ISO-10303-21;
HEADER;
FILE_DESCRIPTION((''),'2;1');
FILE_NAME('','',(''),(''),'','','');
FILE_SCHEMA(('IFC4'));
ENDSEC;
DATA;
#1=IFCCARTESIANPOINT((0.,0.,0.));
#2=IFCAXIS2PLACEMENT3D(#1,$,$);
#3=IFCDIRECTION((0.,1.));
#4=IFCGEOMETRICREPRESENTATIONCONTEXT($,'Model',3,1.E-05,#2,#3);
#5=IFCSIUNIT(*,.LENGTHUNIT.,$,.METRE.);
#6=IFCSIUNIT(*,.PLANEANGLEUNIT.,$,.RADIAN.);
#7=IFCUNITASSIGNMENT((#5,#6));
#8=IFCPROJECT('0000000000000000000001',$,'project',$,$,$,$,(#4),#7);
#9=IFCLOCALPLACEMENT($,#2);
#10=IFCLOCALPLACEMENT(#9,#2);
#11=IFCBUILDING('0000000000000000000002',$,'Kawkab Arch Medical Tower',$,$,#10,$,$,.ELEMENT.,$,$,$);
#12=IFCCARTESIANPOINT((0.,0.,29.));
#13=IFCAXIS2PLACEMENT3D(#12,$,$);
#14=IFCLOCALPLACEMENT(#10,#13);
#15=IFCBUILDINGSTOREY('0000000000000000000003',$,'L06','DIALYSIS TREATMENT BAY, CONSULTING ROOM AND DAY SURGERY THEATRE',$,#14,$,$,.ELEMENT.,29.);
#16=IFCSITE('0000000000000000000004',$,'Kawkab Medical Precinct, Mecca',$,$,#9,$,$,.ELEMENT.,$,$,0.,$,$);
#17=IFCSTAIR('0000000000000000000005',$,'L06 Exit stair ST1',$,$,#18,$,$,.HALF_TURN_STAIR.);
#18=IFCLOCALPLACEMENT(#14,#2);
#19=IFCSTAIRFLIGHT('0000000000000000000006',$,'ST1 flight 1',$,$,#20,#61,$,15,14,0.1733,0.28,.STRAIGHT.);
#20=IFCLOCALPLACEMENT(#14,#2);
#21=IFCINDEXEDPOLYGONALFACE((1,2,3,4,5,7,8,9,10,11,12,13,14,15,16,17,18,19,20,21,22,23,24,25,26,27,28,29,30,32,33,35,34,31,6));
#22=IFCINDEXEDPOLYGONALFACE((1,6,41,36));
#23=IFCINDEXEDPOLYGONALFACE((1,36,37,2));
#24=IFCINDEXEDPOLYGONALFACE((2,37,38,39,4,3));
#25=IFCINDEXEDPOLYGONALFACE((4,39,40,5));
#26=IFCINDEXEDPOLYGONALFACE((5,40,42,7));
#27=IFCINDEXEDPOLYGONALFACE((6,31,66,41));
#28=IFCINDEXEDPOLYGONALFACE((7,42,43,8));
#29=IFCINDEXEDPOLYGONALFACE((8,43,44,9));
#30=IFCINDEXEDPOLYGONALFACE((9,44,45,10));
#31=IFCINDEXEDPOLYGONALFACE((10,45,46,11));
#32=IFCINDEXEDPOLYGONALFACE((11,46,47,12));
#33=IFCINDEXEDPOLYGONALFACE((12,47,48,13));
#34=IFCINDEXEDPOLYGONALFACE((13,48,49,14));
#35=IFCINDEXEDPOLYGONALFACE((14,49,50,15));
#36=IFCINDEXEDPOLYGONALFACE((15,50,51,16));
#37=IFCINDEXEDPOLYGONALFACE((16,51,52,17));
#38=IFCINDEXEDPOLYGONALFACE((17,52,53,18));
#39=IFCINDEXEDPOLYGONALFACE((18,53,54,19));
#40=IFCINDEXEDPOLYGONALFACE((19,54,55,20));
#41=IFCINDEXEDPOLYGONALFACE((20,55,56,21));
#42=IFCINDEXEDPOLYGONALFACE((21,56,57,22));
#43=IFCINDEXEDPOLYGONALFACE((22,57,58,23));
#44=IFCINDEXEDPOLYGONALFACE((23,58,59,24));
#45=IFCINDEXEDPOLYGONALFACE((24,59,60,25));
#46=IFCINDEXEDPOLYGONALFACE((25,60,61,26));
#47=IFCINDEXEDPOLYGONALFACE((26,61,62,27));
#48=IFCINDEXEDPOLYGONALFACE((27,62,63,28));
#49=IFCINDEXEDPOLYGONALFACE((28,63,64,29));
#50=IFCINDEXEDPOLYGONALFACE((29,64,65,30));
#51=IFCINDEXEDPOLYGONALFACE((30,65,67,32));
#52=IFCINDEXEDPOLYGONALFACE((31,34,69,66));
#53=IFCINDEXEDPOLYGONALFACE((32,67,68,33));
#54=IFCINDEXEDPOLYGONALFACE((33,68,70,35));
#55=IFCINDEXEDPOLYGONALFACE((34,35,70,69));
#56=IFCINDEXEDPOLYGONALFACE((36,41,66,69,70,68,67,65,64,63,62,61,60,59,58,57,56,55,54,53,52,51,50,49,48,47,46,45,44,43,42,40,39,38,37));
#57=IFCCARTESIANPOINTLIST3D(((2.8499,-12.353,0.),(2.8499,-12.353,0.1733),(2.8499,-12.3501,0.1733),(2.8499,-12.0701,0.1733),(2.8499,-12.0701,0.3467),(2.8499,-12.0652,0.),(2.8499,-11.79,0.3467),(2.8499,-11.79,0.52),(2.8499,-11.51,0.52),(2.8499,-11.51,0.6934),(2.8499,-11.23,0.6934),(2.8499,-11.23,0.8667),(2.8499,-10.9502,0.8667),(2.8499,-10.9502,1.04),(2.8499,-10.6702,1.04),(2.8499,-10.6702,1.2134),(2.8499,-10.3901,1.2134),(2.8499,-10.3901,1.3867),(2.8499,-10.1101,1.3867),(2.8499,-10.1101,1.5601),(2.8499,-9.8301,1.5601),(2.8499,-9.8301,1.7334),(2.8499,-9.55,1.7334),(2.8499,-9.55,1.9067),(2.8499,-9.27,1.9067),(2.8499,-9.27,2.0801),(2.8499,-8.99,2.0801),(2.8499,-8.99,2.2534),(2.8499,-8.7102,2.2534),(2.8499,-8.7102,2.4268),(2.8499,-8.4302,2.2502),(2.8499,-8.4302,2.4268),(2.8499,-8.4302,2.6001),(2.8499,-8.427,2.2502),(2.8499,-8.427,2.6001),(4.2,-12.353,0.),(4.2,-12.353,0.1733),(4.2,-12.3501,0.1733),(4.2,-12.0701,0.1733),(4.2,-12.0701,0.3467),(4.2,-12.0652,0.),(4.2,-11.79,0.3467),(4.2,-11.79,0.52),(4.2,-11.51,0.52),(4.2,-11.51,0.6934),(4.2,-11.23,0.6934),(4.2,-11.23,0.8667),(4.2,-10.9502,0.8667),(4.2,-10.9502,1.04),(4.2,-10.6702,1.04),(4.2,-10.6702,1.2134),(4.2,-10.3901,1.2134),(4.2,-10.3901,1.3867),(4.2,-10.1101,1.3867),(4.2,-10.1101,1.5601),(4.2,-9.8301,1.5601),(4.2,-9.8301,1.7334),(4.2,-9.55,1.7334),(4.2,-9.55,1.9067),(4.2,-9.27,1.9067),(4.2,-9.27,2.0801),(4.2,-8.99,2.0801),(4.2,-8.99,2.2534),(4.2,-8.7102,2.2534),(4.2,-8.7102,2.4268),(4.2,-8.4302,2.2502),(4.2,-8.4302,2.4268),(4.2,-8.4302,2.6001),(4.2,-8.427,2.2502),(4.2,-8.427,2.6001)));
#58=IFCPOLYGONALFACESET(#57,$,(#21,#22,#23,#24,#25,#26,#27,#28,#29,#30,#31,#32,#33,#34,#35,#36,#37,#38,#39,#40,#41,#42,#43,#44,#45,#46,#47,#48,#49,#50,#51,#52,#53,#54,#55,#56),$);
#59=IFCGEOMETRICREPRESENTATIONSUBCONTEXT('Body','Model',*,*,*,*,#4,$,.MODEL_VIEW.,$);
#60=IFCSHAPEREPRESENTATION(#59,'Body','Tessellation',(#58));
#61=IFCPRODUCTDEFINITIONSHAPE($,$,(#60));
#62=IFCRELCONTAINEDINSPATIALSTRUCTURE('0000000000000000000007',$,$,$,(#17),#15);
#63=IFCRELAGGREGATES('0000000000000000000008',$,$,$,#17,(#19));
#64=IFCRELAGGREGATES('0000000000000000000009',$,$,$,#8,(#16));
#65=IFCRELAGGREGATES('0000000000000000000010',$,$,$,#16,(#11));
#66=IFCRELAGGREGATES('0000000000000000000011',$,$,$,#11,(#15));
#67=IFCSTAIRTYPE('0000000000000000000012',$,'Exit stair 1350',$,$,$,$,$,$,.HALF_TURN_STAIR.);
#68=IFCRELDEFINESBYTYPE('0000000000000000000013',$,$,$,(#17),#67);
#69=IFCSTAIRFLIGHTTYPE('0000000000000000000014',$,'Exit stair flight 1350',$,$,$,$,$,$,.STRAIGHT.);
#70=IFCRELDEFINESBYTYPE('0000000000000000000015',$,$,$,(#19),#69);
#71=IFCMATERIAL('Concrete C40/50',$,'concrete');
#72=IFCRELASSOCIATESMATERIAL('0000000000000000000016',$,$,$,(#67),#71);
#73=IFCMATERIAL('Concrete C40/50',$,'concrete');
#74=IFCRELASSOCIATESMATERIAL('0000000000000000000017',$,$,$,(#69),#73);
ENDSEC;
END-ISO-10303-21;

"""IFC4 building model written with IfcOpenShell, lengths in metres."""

from ifc_helpers import new_model, si_unit, direction, frame, origin, place, context, subcontext, project, spatial, polyline, outline, extrude, material, type_object, element, aggregate, save


model = new_model("IFC4")

# Units and contexts
model_context = context("Model", 3, precision=1e-05, world=origin(), true_north=direction((0.0, 1.0)))
body_context = subcontext(model_context, "Body", "Model", "MODEL_VIEW")
ifc_project = project(units=[si_unit("LENGTHUNIT", "METRE"), si_unit("PLANEANGLEUNIT", "RADIAN")], contexts=[model_context])

# Site, building, storey
site_placement = place(None, origin())
site = spatial("IfcSite", under=ifc_project, at=site_placement, Name="Kawkab Medical Precinct, Mecca", CompositionType="ELEMENT", RefElevation=0.0)
building_placement = place(site_placement, origin())
building = spatial("IfcBuilding", under=site, at=building_placement, Name="Kawkab Arch Medical Tower", CompositionType="ELEMENT")
storey_placement = place(building_placement, frame((0.0, 0.0, 29.0)))
storey = spatial("IfcBuildingStorey", under=building, at=storey_placement, Name="L06", Description="DIALYSIS TREATMENT BAY, CONSULTING ROOM AND DAY SURGERY THEATRE", CompositionType="ELEMENT", Elevation=29.0)

# Stair, stair flight
ifc_material_1 = material(Name="Concrete C40/50", Category="concrete")
stair_type = type_object("IfcStairType", Name="Exit stair 1350", PredefinedType="HALF_TURN_STAIR", material=ifc_material_1)
stair_placement = place(storey_placement, origin())
stair = element("IfcStair", 1, at=stair_placement, inside=storey, type_object=stair_type, Name="L06 Exit stair ST1", PredefinedType="HALF_TURN_STAIR")
ifc_material_2 = material(Name="Concrete C40/50", Category="concrete")
stair_flight_type = type_object("IfcStairFlightType", Name="Exit stair flight 1350", PredefinedType="STRAIGHT", material=ifc_material_2)
stair_flight_placement = place(storey_placement, frame((3.5249, -12.3501, 0.0), z_axis=(0.0, 0.0, 1.0), x_axis=(0.0, 1.0, 0.0)))
stair_flight = element("IfcStairFlight", 2, at=stair_flight_placement, type_object=stair_flight_type, Name="ST1 flight 1", NumberOfRisers=15, NumberOfTreads=14, PredefinedType="STRAIGHT", RiserHeight=0.1733, TreadLength=0.28, context=body_context, shape_type="SweptSolid", body=[
    extrude(outline(polyline([(-0.0029, 0.0), (-0.0029, 0.1733), (0.0, 0.1733), (0.28, 0.1733), (0.28, 0.3467), (0.5601, 0.3467), (0.5601, 0.52), (0.8401, 0.52), (0.8401, 0.6934), (1.1201, 0.6934), (1.1201, 0.8667), (1.3999, 0.8667), (1.3999, 1.04), (1.6799, 1.04), (1.6799, 1.2134), (1.96, 1.2134), (1.96, 1.3867), (2.24, 1.3867), (2.24, 1.5601), (2.52, 1.5601), (2.52, 1.7334), (2.8, 1.7334), (2.8, 1.9067), (3.0801, 1.9067), (3.0801, 2.0801), (3.3601, 2.0801), (3.3601, 2.2534), (3.6399, 2.2534), (3.6399, 2.4268), (3.9199, 2.4268), (3.9199, 2.6001), (3.9231, 2.6001), (3.9231, 2.2502), (3.9199, 2.2502), (0.2849, 0.0), (-0.0029, 0.0)])), frame((0.0, 0.675, 0.0), z_axis=(0.0, -1.0, 0.0), x_axis=(1.0, 0.0, 0.0)), (0.0, 0.0, 1.0), 1.3501),
])
aggregate(stair, [stair_flight])

save(model, "model.ifc")
